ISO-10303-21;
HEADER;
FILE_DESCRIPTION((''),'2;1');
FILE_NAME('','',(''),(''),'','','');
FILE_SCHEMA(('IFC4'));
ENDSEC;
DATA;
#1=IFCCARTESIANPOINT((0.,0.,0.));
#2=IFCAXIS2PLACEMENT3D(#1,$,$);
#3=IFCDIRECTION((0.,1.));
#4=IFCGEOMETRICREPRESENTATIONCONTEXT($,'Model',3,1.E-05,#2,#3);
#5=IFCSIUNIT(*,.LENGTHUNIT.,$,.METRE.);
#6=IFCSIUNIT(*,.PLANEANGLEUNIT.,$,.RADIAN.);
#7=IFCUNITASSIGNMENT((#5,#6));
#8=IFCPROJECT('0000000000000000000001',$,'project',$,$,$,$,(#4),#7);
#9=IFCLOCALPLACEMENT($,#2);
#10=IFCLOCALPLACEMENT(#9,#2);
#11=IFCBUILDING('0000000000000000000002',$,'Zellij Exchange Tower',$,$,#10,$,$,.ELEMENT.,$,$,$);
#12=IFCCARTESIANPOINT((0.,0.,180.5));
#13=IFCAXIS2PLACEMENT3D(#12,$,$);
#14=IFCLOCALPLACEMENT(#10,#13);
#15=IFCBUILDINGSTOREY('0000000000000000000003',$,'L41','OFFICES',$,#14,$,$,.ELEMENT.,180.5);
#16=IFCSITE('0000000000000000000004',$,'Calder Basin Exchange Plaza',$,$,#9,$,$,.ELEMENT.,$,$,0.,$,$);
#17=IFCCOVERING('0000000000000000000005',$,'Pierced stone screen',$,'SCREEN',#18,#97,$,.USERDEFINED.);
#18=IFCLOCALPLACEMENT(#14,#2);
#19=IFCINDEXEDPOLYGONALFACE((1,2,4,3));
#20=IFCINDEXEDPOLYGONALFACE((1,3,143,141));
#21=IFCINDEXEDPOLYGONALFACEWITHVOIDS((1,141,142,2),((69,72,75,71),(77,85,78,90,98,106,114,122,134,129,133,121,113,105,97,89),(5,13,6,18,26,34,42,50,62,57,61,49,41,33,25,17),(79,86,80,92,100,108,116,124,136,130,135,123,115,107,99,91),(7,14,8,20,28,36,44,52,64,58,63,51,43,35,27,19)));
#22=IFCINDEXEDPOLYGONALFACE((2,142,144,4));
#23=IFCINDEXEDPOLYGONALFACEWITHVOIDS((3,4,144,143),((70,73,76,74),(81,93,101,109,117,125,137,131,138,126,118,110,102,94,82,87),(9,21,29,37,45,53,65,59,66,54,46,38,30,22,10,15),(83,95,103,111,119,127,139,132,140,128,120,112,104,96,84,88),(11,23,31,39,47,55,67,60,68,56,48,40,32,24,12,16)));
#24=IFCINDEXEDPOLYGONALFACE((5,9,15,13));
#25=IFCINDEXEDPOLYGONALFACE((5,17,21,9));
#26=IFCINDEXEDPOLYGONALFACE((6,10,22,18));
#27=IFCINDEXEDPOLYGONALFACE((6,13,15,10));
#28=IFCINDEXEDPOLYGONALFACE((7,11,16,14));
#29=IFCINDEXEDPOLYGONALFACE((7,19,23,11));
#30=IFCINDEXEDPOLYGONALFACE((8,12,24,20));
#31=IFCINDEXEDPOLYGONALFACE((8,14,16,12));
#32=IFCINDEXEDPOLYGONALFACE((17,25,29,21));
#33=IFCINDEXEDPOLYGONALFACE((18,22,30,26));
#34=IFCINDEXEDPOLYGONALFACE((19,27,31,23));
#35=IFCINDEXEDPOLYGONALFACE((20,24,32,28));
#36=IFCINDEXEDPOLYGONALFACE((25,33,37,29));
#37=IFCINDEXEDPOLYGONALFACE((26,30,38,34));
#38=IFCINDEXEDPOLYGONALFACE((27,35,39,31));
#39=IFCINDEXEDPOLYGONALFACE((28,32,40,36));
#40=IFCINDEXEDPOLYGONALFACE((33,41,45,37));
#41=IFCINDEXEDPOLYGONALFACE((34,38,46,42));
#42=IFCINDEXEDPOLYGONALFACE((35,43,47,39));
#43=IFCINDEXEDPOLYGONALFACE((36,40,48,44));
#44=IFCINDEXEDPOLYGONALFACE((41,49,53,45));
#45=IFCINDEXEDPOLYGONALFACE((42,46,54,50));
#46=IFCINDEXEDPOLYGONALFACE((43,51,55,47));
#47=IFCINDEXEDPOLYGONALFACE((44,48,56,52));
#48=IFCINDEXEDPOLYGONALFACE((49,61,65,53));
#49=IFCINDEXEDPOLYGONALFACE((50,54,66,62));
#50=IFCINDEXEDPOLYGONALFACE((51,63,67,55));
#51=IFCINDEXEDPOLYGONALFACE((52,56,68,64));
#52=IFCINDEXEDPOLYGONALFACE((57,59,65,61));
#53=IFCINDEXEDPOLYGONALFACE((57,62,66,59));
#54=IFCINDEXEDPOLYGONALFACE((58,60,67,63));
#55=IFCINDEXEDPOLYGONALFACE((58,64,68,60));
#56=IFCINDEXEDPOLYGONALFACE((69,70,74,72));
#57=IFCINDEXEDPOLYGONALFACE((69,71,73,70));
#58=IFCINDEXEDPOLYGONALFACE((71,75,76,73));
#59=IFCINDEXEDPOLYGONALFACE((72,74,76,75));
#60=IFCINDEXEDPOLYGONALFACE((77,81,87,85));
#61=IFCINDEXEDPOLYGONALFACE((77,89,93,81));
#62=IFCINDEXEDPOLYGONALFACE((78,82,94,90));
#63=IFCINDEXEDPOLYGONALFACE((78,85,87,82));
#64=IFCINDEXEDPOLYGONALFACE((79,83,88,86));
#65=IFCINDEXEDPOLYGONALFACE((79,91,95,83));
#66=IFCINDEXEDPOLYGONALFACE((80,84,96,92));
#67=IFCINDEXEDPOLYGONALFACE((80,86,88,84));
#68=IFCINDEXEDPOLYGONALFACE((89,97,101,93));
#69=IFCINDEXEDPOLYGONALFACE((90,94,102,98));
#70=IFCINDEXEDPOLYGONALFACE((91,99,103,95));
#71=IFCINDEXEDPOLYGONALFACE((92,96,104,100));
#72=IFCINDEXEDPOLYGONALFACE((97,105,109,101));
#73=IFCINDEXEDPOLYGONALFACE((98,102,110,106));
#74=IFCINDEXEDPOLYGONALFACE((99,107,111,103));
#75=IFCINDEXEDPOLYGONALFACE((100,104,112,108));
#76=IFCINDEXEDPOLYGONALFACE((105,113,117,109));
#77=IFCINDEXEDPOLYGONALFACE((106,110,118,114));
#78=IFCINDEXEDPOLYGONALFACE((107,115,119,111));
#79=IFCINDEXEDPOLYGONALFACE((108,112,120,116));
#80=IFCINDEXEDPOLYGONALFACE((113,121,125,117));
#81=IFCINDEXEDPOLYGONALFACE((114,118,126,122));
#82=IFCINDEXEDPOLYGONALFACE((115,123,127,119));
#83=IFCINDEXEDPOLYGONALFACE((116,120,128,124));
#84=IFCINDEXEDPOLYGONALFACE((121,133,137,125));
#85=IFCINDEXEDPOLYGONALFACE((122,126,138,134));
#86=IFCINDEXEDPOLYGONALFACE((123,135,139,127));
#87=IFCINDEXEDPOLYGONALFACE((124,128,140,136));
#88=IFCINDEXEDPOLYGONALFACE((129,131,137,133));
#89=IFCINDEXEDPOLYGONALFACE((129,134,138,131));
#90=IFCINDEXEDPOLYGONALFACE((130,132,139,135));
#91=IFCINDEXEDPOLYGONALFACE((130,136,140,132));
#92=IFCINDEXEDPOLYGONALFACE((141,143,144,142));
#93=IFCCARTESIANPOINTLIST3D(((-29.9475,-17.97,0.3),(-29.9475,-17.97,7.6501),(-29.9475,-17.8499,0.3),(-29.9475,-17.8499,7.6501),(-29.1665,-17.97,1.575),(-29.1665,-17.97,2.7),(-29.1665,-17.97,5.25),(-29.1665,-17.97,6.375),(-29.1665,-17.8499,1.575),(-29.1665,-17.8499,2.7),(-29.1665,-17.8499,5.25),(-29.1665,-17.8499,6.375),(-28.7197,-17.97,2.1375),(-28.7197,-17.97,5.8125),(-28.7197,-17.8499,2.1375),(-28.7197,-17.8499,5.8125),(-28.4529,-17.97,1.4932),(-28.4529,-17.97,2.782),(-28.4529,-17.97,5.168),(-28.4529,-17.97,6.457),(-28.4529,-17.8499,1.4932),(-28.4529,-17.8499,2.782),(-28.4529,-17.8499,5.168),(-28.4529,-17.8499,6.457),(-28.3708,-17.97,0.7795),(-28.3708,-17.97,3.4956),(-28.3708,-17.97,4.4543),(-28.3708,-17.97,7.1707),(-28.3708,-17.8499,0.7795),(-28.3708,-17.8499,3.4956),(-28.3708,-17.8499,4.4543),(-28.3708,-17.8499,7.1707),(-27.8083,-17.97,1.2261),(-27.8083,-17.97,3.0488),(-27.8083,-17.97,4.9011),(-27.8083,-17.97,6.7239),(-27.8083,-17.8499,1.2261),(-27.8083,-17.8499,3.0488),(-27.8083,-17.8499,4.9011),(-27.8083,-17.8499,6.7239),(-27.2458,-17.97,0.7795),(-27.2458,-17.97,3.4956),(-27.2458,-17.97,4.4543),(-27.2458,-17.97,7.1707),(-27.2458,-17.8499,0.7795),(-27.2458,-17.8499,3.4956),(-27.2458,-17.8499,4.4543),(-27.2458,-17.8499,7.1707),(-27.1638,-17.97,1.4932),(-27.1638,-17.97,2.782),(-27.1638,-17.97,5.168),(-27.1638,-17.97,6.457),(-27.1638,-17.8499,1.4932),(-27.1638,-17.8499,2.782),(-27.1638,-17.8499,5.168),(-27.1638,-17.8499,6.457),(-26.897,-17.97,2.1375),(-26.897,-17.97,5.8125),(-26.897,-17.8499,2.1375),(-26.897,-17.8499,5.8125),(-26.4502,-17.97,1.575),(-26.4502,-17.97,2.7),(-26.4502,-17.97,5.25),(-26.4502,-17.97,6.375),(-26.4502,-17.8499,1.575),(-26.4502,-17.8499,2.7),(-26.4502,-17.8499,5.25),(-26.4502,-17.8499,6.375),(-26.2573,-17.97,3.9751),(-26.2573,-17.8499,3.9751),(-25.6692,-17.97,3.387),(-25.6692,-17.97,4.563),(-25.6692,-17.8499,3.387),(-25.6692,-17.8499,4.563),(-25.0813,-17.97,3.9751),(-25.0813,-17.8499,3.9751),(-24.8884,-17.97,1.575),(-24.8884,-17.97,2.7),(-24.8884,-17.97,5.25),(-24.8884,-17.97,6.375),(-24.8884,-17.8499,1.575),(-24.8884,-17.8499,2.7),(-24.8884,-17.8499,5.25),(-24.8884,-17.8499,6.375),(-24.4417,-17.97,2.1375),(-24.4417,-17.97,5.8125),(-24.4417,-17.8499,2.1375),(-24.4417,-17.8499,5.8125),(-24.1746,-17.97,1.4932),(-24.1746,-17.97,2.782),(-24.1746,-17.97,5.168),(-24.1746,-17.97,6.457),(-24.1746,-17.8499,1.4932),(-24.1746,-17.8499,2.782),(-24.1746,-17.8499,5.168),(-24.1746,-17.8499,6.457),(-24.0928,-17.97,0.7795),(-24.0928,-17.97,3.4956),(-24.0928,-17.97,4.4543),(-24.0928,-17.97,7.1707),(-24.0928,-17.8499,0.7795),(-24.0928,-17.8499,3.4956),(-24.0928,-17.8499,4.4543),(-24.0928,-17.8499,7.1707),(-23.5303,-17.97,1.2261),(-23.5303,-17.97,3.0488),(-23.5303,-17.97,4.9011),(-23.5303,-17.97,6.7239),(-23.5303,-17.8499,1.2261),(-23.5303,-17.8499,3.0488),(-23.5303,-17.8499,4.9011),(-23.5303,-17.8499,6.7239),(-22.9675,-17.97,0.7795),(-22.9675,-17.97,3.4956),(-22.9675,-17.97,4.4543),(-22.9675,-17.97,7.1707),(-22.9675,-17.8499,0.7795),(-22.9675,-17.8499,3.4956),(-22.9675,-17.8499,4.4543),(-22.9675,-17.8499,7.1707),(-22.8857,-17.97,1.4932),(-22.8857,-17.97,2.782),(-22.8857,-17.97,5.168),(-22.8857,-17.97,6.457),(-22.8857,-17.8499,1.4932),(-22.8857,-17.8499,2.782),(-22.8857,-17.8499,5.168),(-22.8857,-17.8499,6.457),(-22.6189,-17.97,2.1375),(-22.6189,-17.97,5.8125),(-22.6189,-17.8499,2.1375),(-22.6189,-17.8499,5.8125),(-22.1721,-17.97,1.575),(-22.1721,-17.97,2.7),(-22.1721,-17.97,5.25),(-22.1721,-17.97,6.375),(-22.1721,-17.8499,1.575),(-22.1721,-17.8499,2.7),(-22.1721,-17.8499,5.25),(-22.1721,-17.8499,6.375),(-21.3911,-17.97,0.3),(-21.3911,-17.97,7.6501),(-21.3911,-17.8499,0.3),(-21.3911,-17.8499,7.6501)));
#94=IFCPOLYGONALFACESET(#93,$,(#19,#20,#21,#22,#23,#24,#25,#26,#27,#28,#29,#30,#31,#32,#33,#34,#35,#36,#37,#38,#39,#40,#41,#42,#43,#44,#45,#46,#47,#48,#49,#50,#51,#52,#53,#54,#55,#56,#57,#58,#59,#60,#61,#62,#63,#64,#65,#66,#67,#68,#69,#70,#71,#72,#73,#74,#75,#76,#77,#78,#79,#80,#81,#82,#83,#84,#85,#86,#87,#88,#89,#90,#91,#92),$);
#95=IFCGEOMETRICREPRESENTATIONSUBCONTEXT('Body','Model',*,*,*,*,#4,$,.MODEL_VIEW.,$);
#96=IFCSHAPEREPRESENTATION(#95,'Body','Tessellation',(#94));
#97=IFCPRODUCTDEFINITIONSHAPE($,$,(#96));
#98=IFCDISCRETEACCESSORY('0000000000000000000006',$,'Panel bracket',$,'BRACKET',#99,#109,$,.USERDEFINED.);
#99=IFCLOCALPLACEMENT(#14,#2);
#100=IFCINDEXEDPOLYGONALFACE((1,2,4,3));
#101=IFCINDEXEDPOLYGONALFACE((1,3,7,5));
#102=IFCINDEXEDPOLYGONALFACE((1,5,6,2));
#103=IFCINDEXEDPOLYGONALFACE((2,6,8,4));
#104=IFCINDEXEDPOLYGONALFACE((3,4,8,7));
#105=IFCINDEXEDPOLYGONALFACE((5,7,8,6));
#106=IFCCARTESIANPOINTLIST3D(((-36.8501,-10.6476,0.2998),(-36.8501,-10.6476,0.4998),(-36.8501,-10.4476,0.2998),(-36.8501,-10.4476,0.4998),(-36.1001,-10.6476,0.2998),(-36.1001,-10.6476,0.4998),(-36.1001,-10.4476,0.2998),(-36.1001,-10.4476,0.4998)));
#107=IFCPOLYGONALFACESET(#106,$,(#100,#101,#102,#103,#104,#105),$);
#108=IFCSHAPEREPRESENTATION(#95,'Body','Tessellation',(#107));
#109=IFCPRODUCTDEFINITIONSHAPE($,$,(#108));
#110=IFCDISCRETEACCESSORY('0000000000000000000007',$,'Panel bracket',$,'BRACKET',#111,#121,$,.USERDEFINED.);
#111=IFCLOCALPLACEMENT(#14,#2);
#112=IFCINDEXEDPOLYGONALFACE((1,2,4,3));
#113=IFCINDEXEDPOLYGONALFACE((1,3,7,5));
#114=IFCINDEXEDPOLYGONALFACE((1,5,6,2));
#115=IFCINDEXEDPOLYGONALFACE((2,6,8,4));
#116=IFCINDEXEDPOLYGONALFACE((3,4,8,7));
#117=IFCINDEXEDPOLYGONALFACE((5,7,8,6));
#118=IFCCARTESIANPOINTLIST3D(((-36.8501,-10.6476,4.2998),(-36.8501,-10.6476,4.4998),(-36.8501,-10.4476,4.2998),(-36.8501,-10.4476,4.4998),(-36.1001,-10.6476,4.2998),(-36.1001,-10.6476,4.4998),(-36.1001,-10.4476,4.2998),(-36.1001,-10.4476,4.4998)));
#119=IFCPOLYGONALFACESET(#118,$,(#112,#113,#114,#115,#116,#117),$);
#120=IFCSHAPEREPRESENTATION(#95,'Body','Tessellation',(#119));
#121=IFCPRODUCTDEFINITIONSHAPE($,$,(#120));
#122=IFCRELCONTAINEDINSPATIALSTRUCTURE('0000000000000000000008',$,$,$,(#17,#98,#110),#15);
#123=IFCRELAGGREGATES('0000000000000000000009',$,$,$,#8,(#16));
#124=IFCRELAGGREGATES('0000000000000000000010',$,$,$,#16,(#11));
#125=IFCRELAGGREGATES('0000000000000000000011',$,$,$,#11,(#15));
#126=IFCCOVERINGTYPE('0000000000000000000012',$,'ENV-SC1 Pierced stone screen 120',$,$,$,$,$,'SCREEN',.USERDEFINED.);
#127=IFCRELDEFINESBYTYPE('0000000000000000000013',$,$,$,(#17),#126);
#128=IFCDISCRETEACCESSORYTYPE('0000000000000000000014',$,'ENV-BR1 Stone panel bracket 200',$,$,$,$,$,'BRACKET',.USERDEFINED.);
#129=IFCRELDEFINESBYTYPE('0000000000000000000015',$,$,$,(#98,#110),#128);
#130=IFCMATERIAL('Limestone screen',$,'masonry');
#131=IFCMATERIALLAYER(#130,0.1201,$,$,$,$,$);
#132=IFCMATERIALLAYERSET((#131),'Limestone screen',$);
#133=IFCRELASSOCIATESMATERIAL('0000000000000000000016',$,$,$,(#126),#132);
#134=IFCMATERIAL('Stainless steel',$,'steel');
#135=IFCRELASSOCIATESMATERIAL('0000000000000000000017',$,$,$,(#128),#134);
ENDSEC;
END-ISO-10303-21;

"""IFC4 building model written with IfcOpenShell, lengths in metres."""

from ifc_helpers import new_model, si_unit, direction, frame, origin, origin_2d, place, context, subcontext, project, spatial, polyline, rectangle, outline, extrude, material, layer, layer_set, type_object, element, save


model = new_model("IFC4")

# Units and contexts
model_context = context("Model", 3, precision=1e-05, world=origin(), true_north=direction((0.0, 1.0)))
body_context = subcontext(model_context, "Body", "Model", "MODEL_VIEW")
ifc_project = project(units=[si_unit("LENGTHUNIT", "METRE"), si_unit("PLANEANGLEUNIT", "RADIAN")], contexts=[model_context])

# Site, building, storey
site_placement = place(None, origin())
site = spatial("IfcSite", under=ifc_project, at=site_placement, Name="Calder Basin Exchange Plaza", CompositionType="ELEMENT", RefElevation=0.0)
building_placement = place(site_placement, origin())
building = spatial("IfcBuilding", under=site, at=building_placement, Name="Zellij Exchange Tower", CompositionType="ELEMENT")
storey_placement = place(building_placement, frame((0.0, 0.0, 180.5)))
storey = spatial("IfcBuildingStorey", under=building, at=storey_placement, Name="L41", Description="OFFICES", CompositionType="ELEMENT", Elevation=180.5)

# Covering
ifc_material_1 = material(Name="Limestone screen", Category="masonry")
ifc_layer_1 = layer(ifc_material_1, 0.1201)
ifc_layer_set_1 = layer_set([ifc_layer_1], Name="Limestone screen")
covering_type = type_object("IfcCoveringType", Name="ENV-SC1 Pierced stone screen 120", ElementType="SCREEN", PredefinedType="USERDEFINED", material=ifc_layer_set_1)
covering_placement = place(storey_placement, frame((-29.9475, -17.9099, 0.3), z_axis=(0.0, 0.0, 1.0), x_axis=(1.0, 0.0, 0.0)))
element("IfcCovering", 1, at=covering_placement, inside=storey, type_object=covering_type, Name="Pierced stone screen", ObjectType="SCREEN", PredefinedType="USERDEFINED", context=body_context, shape_type="SweptSolid", body=[
    extrude(outline(polyline([(0.0, 0.0), (8.5564, 0.0), (8.5564, 7.3501), (0.0, 7.3501), (0.0, 0.0)]), holes=[polyline([(3.4973, 2.3999), (2.7837, 2.4819), (2.7017, 3.1956), (2.1392, 2.7488), (1.5767, 3.1956), (1.4946, 2.4819), (0.781, 2.3999), (1.2278, 1.8374), (0.781, 1.2749), (1.4946, 1.1931), (1.5767, 0.4795), (2.1392, 0.926), (2.7017, 0.4795), (2.7837, 1.1931), (3.4973, 1.2749), (3.0505, 1.8374), (3.4973, 2.3999)]), polyline([(3.4973, 6.075), (2.7837, 6.157), (2.7017, 6.8706), (2.1392, 6.4238), (1.5767, 6.8706), (1.4946, 6.157), (0.781, 6.075), (1.2278, 5.5125), (0.781, 4.95), (1.4946, 4.8679), (1.5767, 4.1543), (2.1392, 4.6011), (2.7017, 4.1543), (2.7837, 4.8679), (3.4973, 4.95), (3.0505, 5.5125), (3.4973, 6.075)]), polyline([(7.7754, 2.3999), (7.0618, 2.4819), (6.98, 3.1956), (6.4172, 2.7488), (5.8547, 3.1956), (5.7729, 2.4819), (5.0591, 2.3999), (5.5059, 1.8374), (5.0591, 1.2749), (5.7729, 1.1931), (5.8547, 0.4795), (6.4172, 0.926), (6.98, 0.4795), (7.0618, 1.1931), (7.7754, 1.2749), (7.3286, 1.8374), (7.7754, 2.3999)]), polyline([(7.7754, 6.075), (7.0618, 6.157), (6.98, 6.8706), (6.4172, 6.4238), (5.8547, 6.8706), (5.7729, 6.157), (5.0591, 6.075), (5.5059, 5.5125), (5.0591, 4.95), (5.7729, 4.8679), (5.8547, 4.1543), (6.4172, 4.6011), (6.98, 4.1543), (7.0618, 4.8679), (7.7754, 4.95), (7.3286, 5.5125), (7.7754, 6.075)]), polyline([(4.8662, 3.675), (4.2783, 4.2629), (3.6902, 3.675), (4.2783, 3.0869), (4.8662, 3.675)])]), frame((0.0, 0.0601, 0.0), z_axis=(0.0, -1.0, 0.0), x_axis=(1.0, 0.0, 0.0)), (0.0, 0.0, 1.0), 0.1201),
])

# Discrete accessories
ifc_material_2 = material(Name="Stainless steel", Category="steel")
discrete_accessory_type = type_object("IfcDiscreteAccessoryType", Name="ENV-BR1 Stone panel bracket 200", ElementType="BRACKET", PredefinedType="USERDEFINED", material=ifc_material_2)
for number, where, z_axis, x_axis, name in (
    (2, (-36.4751, -10.5476, 0.2998), (0.0, 0.0, 1.0), (0.0, -1.0, 0.0), "Panel bracket"),
    (3, (-36.4751, -10.5476, 4.2998), (0.0, 0.0, 1.0), (0.0, -1.0, 0.0), "Panel bracket"),
):
    element("IfcDiscreteAccessory", number, at=place(storey_placement, frame(where, z_axis=z_axis, x_axis=x_axis)), inside=storey, type_object=discrete_accessory_type, Name=name, ObjectType="BRACKET", PredefinedType="USERDEFINED", context=body_context, shape_type="SweptSolid", body=[
        extrude(rectangle(XDim=0.2, YDim=0.75, at=origin_2d()), origin(), (0.0, 0.0, 1.0), 0.2),
    ])

save(model, "model.ifc")
